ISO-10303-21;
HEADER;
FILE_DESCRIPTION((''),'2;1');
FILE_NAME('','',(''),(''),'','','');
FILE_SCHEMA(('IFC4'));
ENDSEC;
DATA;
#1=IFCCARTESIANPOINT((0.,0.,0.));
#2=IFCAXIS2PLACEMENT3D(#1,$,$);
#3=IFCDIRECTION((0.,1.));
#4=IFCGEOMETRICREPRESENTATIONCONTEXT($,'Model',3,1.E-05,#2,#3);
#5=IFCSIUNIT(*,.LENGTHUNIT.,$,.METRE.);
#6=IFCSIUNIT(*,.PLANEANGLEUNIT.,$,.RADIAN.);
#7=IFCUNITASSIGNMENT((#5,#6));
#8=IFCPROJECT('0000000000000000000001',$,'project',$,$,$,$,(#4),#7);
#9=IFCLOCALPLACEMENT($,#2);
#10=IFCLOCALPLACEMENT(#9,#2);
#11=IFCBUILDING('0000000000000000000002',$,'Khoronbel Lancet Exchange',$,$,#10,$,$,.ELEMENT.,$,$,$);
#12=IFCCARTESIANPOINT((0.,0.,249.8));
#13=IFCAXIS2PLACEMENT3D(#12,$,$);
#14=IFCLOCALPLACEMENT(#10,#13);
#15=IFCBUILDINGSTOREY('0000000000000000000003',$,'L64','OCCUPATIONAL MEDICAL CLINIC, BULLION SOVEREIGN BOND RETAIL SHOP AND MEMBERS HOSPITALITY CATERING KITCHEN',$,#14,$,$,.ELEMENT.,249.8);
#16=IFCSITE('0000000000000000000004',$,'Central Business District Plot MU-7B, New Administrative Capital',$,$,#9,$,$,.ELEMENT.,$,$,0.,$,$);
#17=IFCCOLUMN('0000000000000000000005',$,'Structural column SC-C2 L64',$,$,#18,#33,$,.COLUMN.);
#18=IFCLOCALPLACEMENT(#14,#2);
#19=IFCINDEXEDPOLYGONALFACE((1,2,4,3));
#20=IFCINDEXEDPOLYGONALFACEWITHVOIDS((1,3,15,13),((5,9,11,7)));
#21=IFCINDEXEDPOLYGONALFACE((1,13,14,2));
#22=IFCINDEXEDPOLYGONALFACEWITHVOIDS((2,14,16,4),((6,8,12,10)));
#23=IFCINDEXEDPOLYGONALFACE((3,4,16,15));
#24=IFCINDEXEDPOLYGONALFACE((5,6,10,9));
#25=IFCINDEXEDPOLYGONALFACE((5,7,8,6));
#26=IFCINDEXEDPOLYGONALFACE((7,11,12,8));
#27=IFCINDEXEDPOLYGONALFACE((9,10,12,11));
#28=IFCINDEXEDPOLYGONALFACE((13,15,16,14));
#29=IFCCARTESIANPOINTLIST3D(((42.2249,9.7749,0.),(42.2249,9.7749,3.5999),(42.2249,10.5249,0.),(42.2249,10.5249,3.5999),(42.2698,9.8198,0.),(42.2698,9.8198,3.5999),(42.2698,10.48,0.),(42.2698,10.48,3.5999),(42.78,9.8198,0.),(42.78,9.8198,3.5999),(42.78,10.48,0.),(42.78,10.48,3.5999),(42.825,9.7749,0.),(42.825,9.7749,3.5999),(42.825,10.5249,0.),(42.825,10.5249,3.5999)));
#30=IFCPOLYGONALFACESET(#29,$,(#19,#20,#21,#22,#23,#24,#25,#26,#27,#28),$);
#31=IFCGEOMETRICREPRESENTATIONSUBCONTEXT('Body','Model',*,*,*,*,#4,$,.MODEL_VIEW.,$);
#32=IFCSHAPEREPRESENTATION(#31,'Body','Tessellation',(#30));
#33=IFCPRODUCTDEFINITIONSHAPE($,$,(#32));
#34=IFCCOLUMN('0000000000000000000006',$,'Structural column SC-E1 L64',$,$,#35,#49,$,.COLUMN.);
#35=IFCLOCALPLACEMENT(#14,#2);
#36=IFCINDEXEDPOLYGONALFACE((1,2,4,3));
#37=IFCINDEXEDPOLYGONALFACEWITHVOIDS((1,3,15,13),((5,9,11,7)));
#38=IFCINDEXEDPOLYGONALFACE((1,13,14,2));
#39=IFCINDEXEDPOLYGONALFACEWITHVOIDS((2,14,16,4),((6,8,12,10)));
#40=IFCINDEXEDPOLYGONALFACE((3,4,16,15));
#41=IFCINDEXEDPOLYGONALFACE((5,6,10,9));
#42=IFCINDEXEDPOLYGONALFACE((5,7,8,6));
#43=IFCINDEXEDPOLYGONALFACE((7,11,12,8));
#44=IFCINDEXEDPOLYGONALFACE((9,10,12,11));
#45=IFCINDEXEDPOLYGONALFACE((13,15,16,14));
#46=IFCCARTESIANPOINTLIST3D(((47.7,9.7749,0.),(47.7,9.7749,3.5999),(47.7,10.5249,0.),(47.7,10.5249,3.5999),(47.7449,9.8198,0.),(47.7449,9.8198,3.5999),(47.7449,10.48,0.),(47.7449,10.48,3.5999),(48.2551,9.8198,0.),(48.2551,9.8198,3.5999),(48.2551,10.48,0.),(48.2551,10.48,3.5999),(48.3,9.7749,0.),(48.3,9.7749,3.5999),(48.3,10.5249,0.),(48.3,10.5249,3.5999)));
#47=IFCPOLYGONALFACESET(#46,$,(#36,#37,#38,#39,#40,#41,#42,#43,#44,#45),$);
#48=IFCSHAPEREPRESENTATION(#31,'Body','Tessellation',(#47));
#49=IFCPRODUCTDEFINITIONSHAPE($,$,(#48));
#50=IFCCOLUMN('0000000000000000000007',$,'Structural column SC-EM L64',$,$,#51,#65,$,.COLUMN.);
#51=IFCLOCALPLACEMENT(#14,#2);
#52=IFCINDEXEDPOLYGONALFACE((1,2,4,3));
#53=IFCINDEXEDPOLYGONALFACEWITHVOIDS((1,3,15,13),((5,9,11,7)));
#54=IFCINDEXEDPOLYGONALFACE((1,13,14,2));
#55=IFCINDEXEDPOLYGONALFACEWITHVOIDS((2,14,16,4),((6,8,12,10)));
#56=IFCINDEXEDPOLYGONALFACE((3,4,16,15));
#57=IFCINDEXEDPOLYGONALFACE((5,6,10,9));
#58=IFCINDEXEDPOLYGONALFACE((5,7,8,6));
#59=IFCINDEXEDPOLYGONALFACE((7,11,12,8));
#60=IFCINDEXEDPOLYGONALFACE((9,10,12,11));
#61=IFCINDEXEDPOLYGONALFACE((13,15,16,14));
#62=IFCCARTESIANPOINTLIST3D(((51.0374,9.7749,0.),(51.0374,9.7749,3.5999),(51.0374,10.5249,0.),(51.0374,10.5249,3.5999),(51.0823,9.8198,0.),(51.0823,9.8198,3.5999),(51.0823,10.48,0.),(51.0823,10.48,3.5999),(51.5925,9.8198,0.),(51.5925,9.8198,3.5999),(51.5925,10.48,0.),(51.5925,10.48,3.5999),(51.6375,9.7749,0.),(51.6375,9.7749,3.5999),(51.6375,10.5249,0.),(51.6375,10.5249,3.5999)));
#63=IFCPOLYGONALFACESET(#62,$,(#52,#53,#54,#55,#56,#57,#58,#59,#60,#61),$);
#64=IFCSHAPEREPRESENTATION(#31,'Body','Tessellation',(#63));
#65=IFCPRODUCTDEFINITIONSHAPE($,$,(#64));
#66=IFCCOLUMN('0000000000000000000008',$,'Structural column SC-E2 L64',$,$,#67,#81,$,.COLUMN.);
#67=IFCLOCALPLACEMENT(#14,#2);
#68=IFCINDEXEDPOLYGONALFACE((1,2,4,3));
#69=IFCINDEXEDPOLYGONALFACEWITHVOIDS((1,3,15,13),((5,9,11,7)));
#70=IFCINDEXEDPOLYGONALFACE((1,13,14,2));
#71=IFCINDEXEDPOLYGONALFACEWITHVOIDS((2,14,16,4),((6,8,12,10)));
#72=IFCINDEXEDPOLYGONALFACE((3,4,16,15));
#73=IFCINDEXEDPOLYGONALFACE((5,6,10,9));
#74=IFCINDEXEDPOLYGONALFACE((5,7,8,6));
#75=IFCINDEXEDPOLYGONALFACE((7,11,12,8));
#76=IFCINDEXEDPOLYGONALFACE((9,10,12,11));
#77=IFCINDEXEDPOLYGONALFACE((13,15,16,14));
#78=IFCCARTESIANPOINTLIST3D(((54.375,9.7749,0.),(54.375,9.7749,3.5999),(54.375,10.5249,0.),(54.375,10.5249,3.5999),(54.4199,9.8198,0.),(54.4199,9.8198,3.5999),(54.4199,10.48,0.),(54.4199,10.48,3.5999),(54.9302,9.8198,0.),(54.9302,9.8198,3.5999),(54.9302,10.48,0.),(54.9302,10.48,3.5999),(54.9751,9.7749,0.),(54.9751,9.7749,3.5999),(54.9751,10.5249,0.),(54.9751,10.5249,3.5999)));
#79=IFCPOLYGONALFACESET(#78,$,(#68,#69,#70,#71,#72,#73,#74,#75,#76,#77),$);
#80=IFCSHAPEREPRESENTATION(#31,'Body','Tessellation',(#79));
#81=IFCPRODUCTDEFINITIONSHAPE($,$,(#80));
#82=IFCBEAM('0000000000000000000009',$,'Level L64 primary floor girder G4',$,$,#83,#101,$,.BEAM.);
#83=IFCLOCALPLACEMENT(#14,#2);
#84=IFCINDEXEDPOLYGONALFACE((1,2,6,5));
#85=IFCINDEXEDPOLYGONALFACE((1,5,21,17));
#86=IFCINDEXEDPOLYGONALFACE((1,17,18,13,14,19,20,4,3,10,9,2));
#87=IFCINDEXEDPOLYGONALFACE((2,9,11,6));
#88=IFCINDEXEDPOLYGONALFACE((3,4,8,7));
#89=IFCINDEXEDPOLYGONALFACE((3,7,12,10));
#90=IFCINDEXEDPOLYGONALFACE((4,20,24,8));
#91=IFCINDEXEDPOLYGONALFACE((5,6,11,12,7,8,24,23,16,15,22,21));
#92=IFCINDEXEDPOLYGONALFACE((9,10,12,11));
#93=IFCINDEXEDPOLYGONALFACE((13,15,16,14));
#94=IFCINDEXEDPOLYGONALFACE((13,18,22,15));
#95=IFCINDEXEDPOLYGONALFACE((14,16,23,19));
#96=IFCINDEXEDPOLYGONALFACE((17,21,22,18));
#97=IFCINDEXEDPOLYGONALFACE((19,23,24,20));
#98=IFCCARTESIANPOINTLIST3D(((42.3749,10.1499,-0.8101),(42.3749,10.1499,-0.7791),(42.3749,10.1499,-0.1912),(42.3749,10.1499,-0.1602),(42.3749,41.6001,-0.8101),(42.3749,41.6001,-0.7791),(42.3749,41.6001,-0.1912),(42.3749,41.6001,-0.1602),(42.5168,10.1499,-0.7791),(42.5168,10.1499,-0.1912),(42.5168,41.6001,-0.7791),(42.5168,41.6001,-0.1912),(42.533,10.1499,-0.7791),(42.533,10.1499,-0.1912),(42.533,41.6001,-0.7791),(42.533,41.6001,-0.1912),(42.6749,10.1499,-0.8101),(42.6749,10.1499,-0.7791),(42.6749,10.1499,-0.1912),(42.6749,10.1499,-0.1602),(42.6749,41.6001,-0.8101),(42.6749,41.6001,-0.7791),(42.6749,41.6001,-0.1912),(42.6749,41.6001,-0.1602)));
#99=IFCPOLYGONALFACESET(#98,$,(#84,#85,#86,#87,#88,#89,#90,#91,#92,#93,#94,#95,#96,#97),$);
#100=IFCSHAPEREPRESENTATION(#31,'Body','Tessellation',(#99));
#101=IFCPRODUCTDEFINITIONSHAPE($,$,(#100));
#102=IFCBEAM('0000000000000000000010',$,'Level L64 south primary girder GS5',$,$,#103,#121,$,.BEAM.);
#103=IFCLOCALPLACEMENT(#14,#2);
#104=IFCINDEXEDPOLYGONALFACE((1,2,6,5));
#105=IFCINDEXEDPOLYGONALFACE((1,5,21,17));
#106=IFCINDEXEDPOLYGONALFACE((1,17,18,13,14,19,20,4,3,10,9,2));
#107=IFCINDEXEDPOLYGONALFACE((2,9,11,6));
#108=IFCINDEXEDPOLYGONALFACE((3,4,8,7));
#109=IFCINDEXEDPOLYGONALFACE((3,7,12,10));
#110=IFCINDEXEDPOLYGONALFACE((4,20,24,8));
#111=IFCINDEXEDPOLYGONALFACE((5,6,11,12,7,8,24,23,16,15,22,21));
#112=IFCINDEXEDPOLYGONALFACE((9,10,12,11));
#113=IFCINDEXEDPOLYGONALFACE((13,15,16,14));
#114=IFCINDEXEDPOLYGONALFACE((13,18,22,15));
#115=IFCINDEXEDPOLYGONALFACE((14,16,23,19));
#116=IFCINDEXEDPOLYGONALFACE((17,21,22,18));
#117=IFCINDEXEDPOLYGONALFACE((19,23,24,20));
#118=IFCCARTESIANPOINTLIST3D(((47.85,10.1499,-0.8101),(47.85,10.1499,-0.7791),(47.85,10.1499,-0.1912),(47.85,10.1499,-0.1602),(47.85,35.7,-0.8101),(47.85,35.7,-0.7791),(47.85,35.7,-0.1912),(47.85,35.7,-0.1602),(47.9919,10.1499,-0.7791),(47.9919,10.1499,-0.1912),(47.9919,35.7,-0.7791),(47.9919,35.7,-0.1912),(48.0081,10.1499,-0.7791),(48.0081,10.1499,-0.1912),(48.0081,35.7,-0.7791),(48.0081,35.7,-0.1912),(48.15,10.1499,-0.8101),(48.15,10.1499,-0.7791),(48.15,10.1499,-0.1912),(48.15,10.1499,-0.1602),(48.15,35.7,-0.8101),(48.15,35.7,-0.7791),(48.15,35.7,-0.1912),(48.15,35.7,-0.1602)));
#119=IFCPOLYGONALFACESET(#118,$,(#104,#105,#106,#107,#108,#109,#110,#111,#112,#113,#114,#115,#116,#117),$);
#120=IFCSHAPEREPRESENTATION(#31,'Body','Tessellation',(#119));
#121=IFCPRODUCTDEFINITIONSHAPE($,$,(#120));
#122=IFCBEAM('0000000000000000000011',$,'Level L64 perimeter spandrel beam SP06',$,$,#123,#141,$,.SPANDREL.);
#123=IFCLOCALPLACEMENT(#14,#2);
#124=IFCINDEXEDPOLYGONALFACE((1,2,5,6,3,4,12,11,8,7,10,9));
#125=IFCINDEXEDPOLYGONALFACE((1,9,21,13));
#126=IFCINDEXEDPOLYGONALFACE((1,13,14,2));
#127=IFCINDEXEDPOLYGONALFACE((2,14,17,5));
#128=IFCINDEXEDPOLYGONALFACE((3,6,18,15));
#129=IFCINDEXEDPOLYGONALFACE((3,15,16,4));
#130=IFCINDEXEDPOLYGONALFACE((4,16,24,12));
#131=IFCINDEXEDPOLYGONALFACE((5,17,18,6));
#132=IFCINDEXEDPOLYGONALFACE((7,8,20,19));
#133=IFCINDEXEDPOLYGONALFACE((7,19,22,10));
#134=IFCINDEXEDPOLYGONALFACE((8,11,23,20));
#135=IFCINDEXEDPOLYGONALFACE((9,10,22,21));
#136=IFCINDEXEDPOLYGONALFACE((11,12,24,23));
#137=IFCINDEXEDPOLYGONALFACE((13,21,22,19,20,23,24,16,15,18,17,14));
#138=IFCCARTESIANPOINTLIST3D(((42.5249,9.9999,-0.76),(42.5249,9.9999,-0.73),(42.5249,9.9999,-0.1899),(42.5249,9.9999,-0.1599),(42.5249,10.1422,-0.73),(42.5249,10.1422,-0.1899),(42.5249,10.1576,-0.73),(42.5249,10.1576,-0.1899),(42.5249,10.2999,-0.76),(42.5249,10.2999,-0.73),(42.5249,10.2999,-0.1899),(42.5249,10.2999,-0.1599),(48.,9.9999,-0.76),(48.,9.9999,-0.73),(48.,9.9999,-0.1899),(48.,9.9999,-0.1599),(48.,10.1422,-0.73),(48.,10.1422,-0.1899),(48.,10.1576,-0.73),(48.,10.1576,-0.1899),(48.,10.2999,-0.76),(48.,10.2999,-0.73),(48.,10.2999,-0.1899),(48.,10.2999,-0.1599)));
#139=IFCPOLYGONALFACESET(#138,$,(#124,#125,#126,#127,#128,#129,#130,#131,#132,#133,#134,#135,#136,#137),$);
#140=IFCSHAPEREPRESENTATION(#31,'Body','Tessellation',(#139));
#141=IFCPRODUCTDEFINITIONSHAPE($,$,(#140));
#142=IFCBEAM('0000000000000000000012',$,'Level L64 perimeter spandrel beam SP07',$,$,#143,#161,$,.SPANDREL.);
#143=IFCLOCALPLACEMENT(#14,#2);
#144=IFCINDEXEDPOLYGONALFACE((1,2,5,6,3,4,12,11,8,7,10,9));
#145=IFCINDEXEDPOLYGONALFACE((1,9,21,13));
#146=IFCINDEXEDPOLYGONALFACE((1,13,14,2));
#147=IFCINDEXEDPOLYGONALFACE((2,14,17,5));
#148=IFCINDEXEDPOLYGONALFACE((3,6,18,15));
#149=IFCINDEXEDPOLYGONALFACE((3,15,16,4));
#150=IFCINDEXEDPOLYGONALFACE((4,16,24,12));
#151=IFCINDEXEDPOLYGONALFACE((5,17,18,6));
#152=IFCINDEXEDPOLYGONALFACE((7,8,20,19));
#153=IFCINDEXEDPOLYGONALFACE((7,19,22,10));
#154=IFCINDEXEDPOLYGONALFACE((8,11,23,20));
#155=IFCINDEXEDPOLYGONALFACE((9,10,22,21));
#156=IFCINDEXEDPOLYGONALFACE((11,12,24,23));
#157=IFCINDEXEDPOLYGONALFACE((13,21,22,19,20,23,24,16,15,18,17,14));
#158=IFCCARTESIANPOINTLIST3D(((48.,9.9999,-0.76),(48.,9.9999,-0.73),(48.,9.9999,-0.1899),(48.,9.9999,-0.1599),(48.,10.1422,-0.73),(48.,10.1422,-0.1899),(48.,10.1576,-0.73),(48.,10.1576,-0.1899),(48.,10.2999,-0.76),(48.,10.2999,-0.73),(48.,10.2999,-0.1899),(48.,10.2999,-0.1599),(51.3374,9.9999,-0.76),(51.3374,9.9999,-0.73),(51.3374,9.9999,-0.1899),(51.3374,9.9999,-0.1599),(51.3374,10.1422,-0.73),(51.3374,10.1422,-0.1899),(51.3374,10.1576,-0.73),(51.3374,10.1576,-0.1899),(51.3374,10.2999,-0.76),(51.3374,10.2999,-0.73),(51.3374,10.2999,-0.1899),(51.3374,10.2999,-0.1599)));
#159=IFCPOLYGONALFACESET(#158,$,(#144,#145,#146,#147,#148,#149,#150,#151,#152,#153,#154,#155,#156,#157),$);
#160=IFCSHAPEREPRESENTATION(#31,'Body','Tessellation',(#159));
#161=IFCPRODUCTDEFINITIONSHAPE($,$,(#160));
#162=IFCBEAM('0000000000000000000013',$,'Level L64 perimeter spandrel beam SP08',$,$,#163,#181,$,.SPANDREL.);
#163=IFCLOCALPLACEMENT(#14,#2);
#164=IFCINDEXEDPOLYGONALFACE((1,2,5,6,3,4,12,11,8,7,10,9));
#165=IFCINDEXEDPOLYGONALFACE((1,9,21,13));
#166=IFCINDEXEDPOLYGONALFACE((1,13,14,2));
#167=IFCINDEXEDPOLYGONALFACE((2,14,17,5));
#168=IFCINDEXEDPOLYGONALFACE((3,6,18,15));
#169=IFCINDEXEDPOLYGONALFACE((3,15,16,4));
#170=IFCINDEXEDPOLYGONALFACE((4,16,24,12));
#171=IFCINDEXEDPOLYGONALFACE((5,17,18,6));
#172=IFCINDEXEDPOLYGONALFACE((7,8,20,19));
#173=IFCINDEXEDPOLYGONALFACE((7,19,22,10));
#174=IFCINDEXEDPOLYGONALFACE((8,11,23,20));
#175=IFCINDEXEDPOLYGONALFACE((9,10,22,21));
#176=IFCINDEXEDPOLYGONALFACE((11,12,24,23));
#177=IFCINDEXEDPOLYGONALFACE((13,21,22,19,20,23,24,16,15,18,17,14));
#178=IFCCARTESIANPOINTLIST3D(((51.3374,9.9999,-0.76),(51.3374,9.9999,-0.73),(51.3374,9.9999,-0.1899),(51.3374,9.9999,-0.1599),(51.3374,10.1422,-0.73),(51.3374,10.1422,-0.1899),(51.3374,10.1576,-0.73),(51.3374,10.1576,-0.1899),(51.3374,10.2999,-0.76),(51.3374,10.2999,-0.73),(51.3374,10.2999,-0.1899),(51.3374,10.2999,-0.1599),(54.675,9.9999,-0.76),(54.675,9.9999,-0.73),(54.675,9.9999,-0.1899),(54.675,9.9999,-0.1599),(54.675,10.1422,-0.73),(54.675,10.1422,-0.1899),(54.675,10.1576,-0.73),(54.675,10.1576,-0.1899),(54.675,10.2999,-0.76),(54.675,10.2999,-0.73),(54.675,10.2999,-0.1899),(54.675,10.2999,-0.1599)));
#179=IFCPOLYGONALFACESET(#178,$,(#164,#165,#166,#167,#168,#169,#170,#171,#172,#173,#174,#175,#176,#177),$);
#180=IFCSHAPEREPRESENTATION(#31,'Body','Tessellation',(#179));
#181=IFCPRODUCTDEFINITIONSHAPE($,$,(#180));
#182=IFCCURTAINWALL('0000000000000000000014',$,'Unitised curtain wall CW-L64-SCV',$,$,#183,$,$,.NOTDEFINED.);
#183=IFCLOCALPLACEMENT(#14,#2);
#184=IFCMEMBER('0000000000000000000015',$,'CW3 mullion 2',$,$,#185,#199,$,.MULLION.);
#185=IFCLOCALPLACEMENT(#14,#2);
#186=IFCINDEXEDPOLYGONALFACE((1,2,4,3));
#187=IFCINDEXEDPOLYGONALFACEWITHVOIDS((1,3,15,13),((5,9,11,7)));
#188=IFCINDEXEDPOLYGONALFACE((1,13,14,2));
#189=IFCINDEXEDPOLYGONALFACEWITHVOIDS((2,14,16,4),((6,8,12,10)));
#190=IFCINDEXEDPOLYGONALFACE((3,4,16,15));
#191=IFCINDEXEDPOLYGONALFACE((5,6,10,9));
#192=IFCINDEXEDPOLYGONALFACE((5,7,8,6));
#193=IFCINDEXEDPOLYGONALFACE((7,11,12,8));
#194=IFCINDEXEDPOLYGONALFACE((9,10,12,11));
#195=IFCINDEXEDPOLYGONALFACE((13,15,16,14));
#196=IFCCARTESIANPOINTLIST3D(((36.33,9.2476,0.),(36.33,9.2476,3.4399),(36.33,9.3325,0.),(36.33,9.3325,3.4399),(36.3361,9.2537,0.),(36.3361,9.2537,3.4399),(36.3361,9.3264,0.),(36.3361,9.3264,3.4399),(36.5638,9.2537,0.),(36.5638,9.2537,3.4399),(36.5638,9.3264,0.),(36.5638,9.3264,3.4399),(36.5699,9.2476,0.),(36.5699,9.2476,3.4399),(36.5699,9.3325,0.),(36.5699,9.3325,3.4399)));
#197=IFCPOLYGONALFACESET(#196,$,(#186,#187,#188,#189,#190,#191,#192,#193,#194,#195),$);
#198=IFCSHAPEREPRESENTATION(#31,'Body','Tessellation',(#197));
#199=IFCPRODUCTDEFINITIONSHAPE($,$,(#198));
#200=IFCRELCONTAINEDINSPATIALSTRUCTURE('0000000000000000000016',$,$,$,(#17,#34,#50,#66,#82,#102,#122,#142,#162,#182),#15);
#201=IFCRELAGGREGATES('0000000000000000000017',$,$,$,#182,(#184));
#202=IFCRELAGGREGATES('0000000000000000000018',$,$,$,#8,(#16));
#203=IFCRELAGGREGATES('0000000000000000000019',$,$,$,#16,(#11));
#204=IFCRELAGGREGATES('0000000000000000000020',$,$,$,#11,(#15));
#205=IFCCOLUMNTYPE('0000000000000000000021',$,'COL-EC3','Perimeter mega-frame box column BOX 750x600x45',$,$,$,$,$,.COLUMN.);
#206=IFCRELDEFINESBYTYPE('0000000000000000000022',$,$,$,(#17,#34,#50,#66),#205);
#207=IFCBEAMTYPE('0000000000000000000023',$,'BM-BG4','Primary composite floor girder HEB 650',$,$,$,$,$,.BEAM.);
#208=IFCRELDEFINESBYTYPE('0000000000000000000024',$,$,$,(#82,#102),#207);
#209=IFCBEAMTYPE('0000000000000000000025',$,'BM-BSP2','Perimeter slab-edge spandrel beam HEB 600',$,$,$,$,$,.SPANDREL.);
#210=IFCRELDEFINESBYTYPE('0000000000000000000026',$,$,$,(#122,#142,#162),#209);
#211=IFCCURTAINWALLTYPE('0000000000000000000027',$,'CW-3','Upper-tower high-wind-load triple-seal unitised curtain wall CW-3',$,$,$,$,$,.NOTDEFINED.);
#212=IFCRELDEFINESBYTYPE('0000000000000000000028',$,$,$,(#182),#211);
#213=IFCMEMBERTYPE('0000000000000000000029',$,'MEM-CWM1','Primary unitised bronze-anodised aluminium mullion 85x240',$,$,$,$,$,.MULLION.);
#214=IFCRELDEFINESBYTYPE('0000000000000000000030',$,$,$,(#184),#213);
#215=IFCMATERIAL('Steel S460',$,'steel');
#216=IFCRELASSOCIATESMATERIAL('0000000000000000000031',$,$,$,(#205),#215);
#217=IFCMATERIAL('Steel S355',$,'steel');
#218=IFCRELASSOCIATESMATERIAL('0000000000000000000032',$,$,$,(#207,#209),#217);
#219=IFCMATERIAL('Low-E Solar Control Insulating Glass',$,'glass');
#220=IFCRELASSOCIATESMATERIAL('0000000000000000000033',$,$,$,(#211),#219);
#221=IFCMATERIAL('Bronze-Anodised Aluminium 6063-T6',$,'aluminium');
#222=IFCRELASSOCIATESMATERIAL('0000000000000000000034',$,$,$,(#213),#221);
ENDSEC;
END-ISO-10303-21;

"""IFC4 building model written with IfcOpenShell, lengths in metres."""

from ifc_helpers import new_model, si_unit, direction, frame, origin, origin_2d, place, context, subcontext, project, spatial, hollow_rectangle, i_section, extrude, material, material_profile, profile_set, type_object, element, aggregate, save


model = new_model("IFC4")

# Units and contexts
model_context = context("Model", 3, precision=1e-05, world=origin(), true_north=direction((0.0, 1.0)))
body_context = subcontext(model_context, "Body", "Model", "MODEL_VIEW")
ifc_project = project(units=[si_unit("LENGTHUNIT", "METRE"), si_unit("PLANEANGLEUNIT", "RADIAN")], contexts=[model_context])

# Site, building, storey
site_placement = place(None, origin())
site = spatial("IfcSite", under=ifc_project, at=site_placement, Name="Central Business District Plot MU-7B, New Administrative Capital", CompositionType="ELEMENT", RefElevation=0.0)
building_placement = place(site_placement, origin())
building = spatial("IfcBuilding", under=site, at=building_placement, Name="Khoronbel Lancet Exchange", CompositionType="ELEMENT")
storey_placement = place(building_placement, frame((0.0, 0.0, 249.8)))
storey = spatial("IfcBuildingStorey", under=building, at=storey_placement, Name="L64", Description="OCCUPATIONAL MEDICAL CLINIC, BULLION SOVEREIGN BOND RETAIL SHOP AND MEMBERS HOSPITALITY CATERING KITCHEN", CompositionType="ELEMENT", Elevation=249.8)

# Columns
ifc_material_1 = material(Name="Steel S460", Category="steel")
ifc_material_profile_1 = material_profile(ifc_material_1, hollow_rectangle(XDim=0.6001, YDim=0.75, WallThickness=0.0449, at=origin_2d()), Name="BOX 750x600x45")
ifc_profile_set_1 = profile_set([ifc_material_profile_1], Name="Steel S460")
column_type = type_object("IfcColumnType", Name="COL-EC3", Description="Perimeter mega-frame box column BOX 750x600x45", PredefinedType="COLUMN", material=ifc_profile_set_1)
for number, where, z_axis, x_axis, name in (
    (1, (42.5249, 10.1499, 0.0), (0.0, 0.0, 1.0), (1.0, 0.0, 0.0), "Structural column SC-C2 L64"),
    (2, (48.0, 10.1499, 0.0), (0.0, 0.0, 1.0), (1.0, 0.0, 0.0), "Structural column SC-E1 L64"),
    (3, (51.3374, 10.1499, 0.0), (0.0, 0.0, 1.0), (1.0, 0.0, 0.0), "Structural column SC-EM L64"),
    (4, (54.675, 10.1499, 0.0), (0.0, 0.0, 1.0), (1.0, 0.0, 0.0), "Structural column SC-E2 L64"),
):
    element("IfcColumn", number, at=place(storey_placement, frame(where, z_axis=z_axis, x_axis=x_axis)), inside=storey, type_object=column_type, Name=name, PredefinedType="COLUMN", context=body_context, shape_type="SweptSolid", body=[
        extrude(hollow_rectangle(XDim=0.6001, YDim=0.75, WallThickness=0.0449, at=origin_2d()), origin(), (0.0, 0.0, 1.0), 3.5999),
    ])

# Beams
ifc_material_2 = material(Name="Steel S355", Category="steel")
ifc_material_profile_2 = material_profile(ifc_material_2, i_section(OverallWidth=0.3, OverallDepth=0.6499, WebThickness=0.0161, FlangeThickness=0.031, at=origin_2d()), Name="HEB 650")
ifc_profile_set_2 = profile_set([ifc_material_profile_2], Name="Steel S355")
beam_type_1 = type_object("IfcBeamType", Name="BM-BG4", Description="Primary composite floor girder HEB 650", PredefinedType="BEAM", material=ifc_profile_set_2)
beam_1_placement = place(storey_placement, frame((42.5249, 10.1499, -0.4851), z_axis=(0.0, 1.0, 0.0), x_axis=(-1.0, 0.0, 0.0)))
element("IfcBeam", 5, at=beam_1_placement, inside=storey, type_object=beam_type_1, Name="Level L64 primary floor girder G4", PredefinedType="BEAM", context=body_context, shape_type="SweptSolid", body=[
    extrude(i_section(OverallWidth=0.3, OverallDepth=0.6499, WebThickness=0.0161, FlangeThickness=0.031, at=origin_2d()), origin(), (0.0, 0.0, 1.0), 31.4502),
])
beam_2_placement = place(storey_placement, frame((48.0, 10.1499, -0.4851), z_axis=(0.0, 1.0, 0.0), x_axis=(-1.0, 0.0, 0.0)))
element("IfcBeam", 6, at=beam_2_placement, inside=storey, type_object=beam_type_1, Name="Level L64 south primary girder GS5", PredefinedType="BEAM", context=body_context, shape_type="SweptSolid", body=[
    extrude(i_section(OverallWidth=0.3, OverallDepth=0.6499, WebThickness=0.0161, FlangeThickness=0.031, at=origin_2d()), origin(), (0.0, 0.0, 1.0), 25.55),
])
ifc_material_profile_3 = material_profile(ifc_material_2, i_section(OverallWidth=0.3, OverallDepth=0.6001, WebThickness=0.0154, FlangeThickness=0.03, at=origin_2d()), Name="HEB 600")
ifc_profile_set_3 = profile_set([ifc_material_profile_3], Name="Steel S355")
beam_type_2 = type_object("IfcBeamType", Name="BM-BSP2", Description="Perimeter slab-edge spandrel beam HEB 600", PredefinedType="SPANDREL", material=ifc_profile_set_3)
beam_3_placement = place(storey_placement, frame((42.5249, 10.1499, -0.46), z_axis=(1.0, 0.0, 0.0), x_axis=(0.0, 1.0, 0.0)))
element("IfcBeam", 7, at=beam_3_placement, inside=storey, type_object=beam_type_2, Name="Level L64 perimeter spandrel beam SP06", PredefinedType="SPANDREL", context=body_context, shape_type="SweptSolid", body=[
    extrude(i_section(OverallWidth=0.3, OverallDepth=0.6001, WebThickness=0.0154, FlangeThickness=0.03, at=origin_2d()), origin(), (0.0, 0.0, 1.0), 5.4751),
])
beam_4_placement = place(storey_placement, frame((48.0, 10.1499, -0.46), z_axis=(1.0, 0.0, 0.0), x_axis=(0.0, 1.0, 0.0)))
element("IfcBeam", 8, at=beam_4_placement, inside=storey, type_object=beam_type_2, Name="Level L64 perimeter spandrel beam SP07", PredefinedType="SPANDREL", context=body_context, shape_type="SweptSolid", body=[
    extrude(i_section(OverallWidth=0.3, OverallDepth=0.6001, WebThickness=0.0154, FlangeThickness=0.03, at=origin_2d()), origin(), (0.0, 0.0, 1.0), 3.3374),
])
beam_5_placement = place(storey_placement, frame((51.3374, 10.1499, -0.46), z_axis=(1.0, 0.0, 0.0), x_axis=(0.0, 1.0, 0.0)))
element("IfcBeam", 9, at=beam_5_placement, inside=storey, type_object=beam_type_2, Name="Level L64 perimeter spandrel beam SP08", PredefinedType="SPANDREL", context=body_context, shape_type="SweptSolid", body=[
    extrude(i_section(OverallWidth=0.3, OverallDepth=0.6001, WebThickness=0.0154, FlangeThickness=0.03, at=origin_2d()), origin(), (0.0, 0.0, 1.0), 3.3376),
])

# Curtain wall, member
ifc_material_3 = material(Name="Low-E Solar Control Insulating Glass", Category="glass")
curtain_wall_type = type_object("IfcCurtainWallType", Name="CW-3", Description="Upper-tower high-wind-load triple-seal unitised curtain wall CW-3", PredefinedType="NOTDEFINED", material=ifc_material_3)
curtain_wall_1_placement = place(storey_placement, origin())
curtain_wall_1 = element("IfcCurtainWall", 10, at=curtain_wall_1_placement, inside=storey, type_object=curtain_wall_type, Name="Unitised curtain wall CW-L64-SCV", PredefinedType="NOTDEFINED")
ifc_material_4 = material(Name="Bronze-Anodised Aluminium 6063-T6", Category="aluminium")
ifc_material_profile_4 = material_profile(ifc_material_4, hollow_rectangle(XDim=0.085, YDim=0.24, WallThickness=0.0061, at=origin_2d()), Name="ALU MULLION 85x240")
ifc_profile_set_4 = profile_set([ifc_material_profile_4], Name="Bronze-Anodised Aluminium 6063-T6")
member_type_1 = type_object("IfcMemberType", Name="MEM-CWM1", Description="Primary unitised bronze-anodised aluminium mullion 85x240", PredefinedType="MULLION", material=ifc_profile_set_4)
member_1_placement = place(storey_placement, frame((36.45, 9.29, 0.0), z_axis=(0.0, 0.0, 1.0), x_axis=(0.0, 1.0, 0.0)))
member_1 = element("IfcMember", 11, at=member_1_placement, type_object=member_type_1, Name="CW3 mullion 2", PredefinedType="MULLION", context=body_context, shape_type="SweptSolid", body=[
    extrude(hollow_rectangle(XDim=0.085, YDim=0.24, WallThickness=0.0061, at=origin_2d()), origin(), (0.0, 0.0, 1.0), 3.4399),
])

aggregate(curtain_wall_1, [member_1])

save(model, "model.ifc")
